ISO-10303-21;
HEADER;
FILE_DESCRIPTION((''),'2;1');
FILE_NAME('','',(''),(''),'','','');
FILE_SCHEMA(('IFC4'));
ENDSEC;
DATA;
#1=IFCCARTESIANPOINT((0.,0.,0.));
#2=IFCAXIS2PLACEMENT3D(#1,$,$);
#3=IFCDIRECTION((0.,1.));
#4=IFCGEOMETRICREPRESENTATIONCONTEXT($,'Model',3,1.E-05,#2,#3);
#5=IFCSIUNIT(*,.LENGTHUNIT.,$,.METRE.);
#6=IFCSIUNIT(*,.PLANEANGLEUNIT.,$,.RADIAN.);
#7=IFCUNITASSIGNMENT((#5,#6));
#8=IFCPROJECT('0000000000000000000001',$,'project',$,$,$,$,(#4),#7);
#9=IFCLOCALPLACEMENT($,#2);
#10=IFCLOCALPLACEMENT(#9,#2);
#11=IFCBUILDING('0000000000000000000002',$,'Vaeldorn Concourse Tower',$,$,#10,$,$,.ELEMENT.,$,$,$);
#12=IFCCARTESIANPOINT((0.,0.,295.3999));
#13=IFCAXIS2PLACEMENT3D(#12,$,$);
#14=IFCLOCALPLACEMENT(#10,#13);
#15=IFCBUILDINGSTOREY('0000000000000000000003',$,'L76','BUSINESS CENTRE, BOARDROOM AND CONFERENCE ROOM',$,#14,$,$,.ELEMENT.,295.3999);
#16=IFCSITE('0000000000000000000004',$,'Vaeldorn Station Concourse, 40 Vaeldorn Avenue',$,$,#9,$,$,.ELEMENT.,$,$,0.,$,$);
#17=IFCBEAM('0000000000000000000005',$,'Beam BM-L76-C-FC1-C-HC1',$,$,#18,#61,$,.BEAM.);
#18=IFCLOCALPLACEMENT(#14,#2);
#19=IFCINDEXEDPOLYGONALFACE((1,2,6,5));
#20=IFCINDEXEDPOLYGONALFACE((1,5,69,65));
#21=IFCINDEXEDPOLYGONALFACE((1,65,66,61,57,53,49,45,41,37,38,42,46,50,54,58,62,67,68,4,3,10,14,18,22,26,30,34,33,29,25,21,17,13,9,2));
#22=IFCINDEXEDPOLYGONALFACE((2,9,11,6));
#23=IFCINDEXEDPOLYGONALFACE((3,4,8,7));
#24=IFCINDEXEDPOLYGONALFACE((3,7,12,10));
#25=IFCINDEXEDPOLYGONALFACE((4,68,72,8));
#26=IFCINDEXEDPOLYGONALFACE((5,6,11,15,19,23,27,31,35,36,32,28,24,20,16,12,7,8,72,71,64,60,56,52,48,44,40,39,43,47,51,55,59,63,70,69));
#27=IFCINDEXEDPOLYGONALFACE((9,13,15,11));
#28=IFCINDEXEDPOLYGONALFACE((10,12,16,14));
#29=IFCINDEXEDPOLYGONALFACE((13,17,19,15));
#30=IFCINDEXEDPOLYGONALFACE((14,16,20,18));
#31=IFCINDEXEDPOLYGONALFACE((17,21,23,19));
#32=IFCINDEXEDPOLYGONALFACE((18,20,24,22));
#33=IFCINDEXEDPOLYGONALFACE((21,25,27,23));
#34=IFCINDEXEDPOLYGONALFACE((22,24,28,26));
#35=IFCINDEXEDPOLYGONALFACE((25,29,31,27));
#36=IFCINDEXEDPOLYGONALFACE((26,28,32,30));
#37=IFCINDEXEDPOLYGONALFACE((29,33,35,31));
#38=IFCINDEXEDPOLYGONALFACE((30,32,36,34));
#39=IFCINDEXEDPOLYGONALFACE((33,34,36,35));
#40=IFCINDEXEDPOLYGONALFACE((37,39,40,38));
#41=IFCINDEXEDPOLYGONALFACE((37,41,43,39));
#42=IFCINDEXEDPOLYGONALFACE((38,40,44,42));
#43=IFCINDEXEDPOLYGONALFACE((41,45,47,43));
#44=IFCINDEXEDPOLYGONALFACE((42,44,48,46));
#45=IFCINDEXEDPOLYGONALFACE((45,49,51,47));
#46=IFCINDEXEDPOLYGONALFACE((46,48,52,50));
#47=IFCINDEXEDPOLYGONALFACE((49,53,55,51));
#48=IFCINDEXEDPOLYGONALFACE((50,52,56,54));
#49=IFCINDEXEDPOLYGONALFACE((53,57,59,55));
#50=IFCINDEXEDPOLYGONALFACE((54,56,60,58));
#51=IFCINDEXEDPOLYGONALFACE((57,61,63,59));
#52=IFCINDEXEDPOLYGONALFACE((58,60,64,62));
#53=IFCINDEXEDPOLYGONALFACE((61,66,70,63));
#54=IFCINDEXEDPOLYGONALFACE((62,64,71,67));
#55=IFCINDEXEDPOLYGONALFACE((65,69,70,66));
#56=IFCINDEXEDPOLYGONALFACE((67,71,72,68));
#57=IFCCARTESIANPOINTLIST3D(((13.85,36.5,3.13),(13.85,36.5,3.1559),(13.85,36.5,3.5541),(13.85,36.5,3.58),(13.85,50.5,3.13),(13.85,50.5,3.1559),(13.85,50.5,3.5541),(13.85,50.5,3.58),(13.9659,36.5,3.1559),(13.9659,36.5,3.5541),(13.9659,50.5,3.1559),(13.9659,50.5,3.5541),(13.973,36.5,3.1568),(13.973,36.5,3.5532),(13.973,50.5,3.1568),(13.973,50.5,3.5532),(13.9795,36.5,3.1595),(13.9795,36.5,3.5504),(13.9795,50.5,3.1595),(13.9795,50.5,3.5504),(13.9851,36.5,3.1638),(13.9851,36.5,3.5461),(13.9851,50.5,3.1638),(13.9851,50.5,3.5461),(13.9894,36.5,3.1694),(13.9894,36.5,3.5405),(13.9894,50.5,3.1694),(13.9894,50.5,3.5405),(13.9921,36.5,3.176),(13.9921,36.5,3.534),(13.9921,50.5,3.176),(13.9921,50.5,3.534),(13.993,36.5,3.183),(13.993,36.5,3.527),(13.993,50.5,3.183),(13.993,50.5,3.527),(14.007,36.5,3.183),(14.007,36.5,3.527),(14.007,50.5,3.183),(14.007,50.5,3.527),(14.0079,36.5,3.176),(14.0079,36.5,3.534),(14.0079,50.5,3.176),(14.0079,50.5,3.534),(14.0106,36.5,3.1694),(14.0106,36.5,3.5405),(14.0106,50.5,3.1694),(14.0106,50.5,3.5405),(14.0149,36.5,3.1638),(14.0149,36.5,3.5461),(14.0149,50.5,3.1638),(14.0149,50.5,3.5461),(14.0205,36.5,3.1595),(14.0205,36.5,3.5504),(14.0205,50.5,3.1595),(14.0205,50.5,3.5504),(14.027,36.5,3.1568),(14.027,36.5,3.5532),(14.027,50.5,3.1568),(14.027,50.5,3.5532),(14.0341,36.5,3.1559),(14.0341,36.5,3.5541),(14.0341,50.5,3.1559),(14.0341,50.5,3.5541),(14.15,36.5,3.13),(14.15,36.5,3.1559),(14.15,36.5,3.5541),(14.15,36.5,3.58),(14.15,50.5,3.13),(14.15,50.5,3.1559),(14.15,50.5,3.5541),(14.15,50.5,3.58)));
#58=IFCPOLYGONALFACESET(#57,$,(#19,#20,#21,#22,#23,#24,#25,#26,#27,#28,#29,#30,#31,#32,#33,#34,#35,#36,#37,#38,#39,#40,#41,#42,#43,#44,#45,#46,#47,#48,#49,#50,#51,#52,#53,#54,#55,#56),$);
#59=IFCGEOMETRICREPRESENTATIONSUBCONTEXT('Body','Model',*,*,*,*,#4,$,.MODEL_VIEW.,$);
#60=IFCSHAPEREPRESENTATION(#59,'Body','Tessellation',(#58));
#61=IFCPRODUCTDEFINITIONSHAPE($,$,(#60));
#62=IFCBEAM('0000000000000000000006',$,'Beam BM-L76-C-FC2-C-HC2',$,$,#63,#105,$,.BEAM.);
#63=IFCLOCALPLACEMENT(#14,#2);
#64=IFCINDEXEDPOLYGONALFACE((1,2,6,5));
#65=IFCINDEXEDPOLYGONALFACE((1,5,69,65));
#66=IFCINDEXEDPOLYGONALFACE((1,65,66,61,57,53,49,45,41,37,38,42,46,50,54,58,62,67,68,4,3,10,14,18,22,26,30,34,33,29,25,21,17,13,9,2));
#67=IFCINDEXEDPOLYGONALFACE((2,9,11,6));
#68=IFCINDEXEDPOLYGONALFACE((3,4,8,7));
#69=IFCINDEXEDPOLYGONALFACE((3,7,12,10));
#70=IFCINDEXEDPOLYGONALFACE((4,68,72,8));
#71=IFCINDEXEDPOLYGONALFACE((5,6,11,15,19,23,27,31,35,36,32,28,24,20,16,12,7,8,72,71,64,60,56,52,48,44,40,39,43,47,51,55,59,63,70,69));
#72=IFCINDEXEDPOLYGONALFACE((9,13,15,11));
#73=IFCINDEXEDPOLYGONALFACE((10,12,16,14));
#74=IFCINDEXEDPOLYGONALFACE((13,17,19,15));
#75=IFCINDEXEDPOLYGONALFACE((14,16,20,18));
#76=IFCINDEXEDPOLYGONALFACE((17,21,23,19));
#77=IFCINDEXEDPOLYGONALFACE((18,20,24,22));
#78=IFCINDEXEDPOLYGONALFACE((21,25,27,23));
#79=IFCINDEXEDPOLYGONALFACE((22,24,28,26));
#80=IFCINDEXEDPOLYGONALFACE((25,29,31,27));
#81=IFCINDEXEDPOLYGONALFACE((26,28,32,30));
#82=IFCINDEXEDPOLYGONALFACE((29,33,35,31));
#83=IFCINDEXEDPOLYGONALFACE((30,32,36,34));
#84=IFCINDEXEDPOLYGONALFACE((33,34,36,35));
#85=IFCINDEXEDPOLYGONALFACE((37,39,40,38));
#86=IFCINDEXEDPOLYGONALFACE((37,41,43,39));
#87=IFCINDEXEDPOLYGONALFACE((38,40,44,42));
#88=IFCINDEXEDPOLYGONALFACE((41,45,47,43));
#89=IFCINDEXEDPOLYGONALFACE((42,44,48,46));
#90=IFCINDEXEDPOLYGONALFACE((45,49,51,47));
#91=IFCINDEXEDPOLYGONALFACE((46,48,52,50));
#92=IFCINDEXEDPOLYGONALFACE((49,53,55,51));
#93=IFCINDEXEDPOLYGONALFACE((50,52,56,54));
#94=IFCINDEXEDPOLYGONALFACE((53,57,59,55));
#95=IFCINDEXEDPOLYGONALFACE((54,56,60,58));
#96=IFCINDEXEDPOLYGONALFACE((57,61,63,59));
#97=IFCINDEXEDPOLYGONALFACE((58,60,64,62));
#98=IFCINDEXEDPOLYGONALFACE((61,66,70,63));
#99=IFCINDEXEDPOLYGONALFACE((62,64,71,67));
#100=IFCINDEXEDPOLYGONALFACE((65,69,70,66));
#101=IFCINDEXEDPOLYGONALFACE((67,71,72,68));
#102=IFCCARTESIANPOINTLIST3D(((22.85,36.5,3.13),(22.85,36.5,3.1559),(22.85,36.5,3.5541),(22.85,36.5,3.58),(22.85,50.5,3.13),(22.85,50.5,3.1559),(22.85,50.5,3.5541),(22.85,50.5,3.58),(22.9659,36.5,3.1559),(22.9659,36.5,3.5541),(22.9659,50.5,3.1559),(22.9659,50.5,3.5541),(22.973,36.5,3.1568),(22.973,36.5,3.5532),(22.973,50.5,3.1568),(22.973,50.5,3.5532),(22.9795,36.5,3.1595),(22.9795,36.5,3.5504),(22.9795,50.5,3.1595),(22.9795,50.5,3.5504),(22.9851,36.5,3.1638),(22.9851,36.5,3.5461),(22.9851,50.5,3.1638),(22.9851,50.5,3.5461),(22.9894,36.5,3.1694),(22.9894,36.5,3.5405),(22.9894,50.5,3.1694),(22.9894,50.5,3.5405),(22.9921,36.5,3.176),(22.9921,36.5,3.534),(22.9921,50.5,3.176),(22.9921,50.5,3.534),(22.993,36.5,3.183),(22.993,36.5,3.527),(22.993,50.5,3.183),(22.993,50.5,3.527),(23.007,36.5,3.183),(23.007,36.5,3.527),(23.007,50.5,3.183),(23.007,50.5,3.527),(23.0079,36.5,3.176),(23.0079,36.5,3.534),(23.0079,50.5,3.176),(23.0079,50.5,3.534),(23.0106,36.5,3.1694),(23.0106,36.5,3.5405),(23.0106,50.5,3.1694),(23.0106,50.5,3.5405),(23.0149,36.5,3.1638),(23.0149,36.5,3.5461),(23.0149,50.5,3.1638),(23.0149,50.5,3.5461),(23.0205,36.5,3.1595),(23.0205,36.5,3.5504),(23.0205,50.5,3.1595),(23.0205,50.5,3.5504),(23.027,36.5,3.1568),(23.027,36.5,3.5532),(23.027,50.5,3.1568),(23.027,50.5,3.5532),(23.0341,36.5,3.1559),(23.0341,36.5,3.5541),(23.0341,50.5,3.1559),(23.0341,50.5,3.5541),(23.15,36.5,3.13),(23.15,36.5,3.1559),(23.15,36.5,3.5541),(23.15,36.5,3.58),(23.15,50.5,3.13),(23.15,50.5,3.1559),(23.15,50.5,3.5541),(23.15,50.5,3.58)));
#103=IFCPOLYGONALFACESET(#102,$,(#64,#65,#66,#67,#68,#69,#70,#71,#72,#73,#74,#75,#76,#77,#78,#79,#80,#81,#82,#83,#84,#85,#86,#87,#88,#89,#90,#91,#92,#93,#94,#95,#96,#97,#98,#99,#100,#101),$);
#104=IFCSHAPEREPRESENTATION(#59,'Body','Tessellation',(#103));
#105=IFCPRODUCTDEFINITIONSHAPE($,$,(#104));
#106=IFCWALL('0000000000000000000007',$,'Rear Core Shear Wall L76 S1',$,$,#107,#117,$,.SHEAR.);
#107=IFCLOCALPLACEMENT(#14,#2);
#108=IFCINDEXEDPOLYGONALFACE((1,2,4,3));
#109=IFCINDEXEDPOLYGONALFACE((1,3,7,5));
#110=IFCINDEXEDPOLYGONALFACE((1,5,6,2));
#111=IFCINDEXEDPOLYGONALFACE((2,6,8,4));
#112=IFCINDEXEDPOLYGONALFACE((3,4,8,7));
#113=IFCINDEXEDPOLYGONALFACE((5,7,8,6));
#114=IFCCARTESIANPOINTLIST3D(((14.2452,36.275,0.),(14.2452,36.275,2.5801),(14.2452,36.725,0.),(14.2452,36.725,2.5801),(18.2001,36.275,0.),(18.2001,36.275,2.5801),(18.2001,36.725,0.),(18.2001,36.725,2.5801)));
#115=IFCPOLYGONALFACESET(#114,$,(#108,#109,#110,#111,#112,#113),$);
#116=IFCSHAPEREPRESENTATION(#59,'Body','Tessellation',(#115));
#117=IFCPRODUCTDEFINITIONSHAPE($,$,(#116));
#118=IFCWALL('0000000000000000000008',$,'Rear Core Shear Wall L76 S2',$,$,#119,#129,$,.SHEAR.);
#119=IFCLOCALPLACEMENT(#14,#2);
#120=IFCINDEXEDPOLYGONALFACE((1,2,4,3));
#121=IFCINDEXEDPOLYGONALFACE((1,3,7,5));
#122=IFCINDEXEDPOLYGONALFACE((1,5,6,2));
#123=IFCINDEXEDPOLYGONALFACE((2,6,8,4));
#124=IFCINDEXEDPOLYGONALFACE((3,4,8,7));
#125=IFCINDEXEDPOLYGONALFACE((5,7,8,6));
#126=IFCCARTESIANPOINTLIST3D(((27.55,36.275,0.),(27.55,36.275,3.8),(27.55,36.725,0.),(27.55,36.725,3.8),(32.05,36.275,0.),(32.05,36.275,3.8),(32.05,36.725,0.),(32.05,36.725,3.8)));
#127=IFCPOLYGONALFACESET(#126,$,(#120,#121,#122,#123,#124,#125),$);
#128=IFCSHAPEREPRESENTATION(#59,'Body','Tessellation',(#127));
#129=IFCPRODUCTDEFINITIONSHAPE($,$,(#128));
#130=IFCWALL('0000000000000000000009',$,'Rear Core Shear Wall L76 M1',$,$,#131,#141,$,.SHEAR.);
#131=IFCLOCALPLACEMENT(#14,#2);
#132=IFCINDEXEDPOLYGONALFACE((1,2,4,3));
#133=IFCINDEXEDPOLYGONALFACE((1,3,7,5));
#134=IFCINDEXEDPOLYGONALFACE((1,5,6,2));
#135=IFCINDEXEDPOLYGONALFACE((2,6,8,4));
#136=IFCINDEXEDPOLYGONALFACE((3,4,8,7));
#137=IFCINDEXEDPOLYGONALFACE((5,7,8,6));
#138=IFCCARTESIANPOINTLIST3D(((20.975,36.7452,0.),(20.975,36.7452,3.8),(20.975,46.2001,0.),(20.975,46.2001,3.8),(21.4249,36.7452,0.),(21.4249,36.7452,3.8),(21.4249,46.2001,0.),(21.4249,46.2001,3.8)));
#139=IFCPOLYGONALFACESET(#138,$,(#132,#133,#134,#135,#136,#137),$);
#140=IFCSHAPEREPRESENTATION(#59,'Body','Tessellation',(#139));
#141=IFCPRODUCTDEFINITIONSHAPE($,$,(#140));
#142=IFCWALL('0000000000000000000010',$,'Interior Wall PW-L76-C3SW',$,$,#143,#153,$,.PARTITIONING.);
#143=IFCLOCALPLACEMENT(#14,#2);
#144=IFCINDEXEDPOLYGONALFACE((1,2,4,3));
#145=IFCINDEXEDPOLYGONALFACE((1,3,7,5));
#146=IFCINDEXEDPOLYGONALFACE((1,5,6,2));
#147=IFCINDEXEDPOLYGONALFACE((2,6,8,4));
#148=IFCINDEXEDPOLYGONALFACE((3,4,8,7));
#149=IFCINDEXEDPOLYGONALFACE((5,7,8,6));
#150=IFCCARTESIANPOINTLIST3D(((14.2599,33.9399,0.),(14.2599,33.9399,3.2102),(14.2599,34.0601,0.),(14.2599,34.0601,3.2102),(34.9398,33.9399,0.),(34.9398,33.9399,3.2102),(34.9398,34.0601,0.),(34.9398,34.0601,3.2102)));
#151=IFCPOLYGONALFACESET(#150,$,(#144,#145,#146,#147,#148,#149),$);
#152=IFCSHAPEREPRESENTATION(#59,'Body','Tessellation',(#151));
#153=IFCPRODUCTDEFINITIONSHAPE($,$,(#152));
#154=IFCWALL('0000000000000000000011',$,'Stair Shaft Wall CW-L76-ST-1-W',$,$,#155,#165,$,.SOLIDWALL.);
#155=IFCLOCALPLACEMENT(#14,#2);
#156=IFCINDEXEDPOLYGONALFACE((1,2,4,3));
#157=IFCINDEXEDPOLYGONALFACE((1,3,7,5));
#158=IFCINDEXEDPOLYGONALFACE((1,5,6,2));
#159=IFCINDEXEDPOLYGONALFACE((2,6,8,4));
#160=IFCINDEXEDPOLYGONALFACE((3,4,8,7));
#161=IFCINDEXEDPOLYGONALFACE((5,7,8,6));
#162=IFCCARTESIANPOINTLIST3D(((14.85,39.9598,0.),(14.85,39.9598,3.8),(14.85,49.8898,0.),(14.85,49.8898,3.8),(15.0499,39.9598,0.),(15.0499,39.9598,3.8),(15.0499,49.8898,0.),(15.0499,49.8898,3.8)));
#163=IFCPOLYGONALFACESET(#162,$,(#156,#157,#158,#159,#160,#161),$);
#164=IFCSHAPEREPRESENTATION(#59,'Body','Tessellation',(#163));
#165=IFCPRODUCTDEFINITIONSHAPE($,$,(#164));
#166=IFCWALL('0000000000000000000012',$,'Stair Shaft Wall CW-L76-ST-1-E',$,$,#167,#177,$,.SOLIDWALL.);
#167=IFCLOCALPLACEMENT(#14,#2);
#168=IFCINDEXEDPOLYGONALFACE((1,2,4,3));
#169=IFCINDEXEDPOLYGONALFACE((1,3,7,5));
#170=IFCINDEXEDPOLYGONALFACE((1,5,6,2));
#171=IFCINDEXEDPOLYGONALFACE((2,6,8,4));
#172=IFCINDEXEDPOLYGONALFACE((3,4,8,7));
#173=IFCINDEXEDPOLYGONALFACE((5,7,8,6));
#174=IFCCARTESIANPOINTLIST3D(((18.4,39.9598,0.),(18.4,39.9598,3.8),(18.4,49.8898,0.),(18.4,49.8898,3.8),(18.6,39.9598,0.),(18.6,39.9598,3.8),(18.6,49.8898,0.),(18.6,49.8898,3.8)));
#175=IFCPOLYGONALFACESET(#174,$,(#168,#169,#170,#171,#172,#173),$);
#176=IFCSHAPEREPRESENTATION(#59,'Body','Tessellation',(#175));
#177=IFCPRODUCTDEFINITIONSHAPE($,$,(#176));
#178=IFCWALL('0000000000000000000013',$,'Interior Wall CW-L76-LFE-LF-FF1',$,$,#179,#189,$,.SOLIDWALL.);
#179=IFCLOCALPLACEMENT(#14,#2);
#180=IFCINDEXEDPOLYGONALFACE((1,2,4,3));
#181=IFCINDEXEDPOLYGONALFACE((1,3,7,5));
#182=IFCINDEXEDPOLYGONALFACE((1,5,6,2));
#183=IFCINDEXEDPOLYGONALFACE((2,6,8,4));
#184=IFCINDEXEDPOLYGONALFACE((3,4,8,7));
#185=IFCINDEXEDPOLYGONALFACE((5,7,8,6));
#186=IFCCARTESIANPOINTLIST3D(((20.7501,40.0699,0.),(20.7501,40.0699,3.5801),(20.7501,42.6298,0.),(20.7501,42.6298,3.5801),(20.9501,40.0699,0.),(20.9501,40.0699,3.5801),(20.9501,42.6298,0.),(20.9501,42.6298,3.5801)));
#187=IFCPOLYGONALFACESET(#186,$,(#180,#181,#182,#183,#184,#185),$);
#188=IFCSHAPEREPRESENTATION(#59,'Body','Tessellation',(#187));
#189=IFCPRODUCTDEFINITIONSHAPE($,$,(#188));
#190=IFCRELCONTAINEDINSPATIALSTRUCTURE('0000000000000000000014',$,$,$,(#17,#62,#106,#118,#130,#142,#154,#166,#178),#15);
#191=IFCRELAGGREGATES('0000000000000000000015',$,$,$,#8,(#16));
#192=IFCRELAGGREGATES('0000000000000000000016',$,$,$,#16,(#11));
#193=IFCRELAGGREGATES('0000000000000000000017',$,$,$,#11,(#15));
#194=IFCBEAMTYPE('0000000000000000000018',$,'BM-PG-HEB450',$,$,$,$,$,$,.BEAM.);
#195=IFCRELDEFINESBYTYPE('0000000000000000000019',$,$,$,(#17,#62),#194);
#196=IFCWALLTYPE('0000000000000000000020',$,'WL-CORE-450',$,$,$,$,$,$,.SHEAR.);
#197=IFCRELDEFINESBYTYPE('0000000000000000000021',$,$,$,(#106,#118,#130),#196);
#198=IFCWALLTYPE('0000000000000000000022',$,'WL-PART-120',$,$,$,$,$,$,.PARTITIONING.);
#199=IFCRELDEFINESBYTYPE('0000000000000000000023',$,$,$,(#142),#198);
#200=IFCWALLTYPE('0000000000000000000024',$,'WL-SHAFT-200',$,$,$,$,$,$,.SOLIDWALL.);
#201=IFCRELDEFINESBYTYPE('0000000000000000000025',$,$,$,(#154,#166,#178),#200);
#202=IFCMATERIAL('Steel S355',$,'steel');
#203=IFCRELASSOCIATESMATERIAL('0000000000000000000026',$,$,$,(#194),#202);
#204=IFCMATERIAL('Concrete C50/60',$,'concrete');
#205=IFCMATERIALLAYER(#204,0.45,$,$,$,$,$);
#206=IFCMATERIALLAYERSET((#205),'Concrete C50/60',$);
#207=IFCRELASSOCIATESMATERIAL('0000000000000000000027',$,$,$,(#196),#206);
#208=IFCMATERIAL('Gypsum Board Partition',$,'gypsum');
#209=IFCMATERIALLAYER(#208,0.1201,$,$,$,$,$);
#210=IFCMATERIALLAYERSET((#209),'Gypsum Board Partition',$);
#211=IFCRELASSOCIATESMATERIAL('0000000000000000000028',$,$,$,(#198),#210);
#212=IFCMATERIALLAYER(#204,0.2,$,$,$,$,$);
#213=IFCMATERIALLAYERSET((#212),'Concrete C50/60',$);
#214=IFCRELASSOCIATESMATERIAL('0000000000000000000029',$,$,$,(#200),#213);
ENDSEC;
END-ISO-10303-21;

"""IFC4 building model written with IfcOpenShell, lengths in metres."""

from ifc_helpers import new_model, si_unit, direction, frame, frame_2d, origin, origin_2d, place, context, subcontext, project, spatial, rectangle, i_section, extrude, source, transform, mapped, material, layer, layer_set, material_profile, profile_set, type_object, element, save


model = new_model("IFC4")

# Units and contexts
model_context = context("Model", 3, precision=1e-05, world=origin(), true_north=direction((0.0, 1.0)))
body_context = subcontext(model_context, "Body", "Model", "MODEL_VIEW")
ifc_project = project(units=[si_unit("LENGTHUNIT", "METRE"), si_unit("PLANEANGLEUNIT", "RADIAN")], contexts=[model_context])

# Site, building, storey
site_placement = place(None, origin())
site = spatial("IfcSite", under=ifc_project, at=site_placement, Name="Vaeldorn Station Concourse, 40 Vaeldorn Avenue", CompositionType="ELEMENT", RefElevation=0.0)
building_placement = place(site_placement, origin())
building = spatial("IfcBuilding", under=site, at=building_placement, Name="Vaeldorn Concourse Tower", CompositionType="ELEMENT")
storey_placement = place(building_placement, frame((0.0, 0.0, 295.3999)))
storey = spatial("IfcBuildingStorey", under=building, at=storey_placement, Name="L76", Description="BUSINESS CENTRE, BOARDROOM AND CONFERENCE ROOM", CompositionType="ELEMENT", Elevation=295.3999)

# Shared definitions
ifc_material_1 = material(Name="Steel S355", Category="steel")

# Beams
ifc_material_2 = material(Name="Concrete C50/60", Category="concrete")
ifc_material_profile_1 = material_profile(ifc_material_1, i_section(OverallWidth=0.3, OverallDepth=0.45, WebThickness=0.0139, FlangeThickness=0.0259, FilletRadius=0.0271, at=origin_2d()), Name="HEB 450")
ifc_profile_set_1 = profile_set([ifc_material_profile_1], Name="Steel S355")
beam_type_1 = type_object("IfcBeamType", Name="BM-PG-HEB450", PredefinedType="BEAM", material=ifc_profile_set_1)
shared_shape_1 = source(origin(), body_context, "Body", "SweptSolid", [
    extrude(i_section(OverallWidth=0.3, OverallDepth=0.45, WebThickness=0.0139, FlangeThickness=0.0259, FilletRadius=0.0271, at=origin_2d()), origin(), (0.0, 0.0, 1.0), 14.0),
])
for number, where, z_axis, x_axis, name in (
    (1, (14.0, 36.5, 3.355), (0.0, 1.0, 0.0), (-1.0, 0.0, 0.0), "Beam BM-L76-C-FC1-C-HC1"),
    (2, (23.0, 36.5, 3.355), (0.0, 1.0, 0.0), (-1.0, 0.0, 0.0), "Beam BM-L76-C-FC2-C-HC2"),
):
    element("IfcBeam", number, at=place(storey_placement, frame(where, z_axis=z_axis, x_axis=x_axis)), inside=storey, type_object=beam_type_1, Name=name, PredefinedType="BEAM", context=body_context, shape_type="MappedRepresentation", body=[
        mapped(shared_shape_1, transform((0.0, 0.0, 0.0), scale=1.0)),
    ])

# Walls
ifc_layer_1 = layer(ifc_material_2, 0.45)
ifc_layer_set_1 = layer_set([ifc_layer_1], Name="Concrete C50/60")
wall_type_1 = type_object("IfcWallType", Name="WL-CORE-450", PredefinedType="SHEAR", material=ifc_layer_set_1)
wall_1_placement = place(storey_placement, frame((14.2451, 36.5, 0.0), z_axis=(0.0, 0.0, 1.0), x_axis=(1.0, 0.0, 0.0)))
element("IfcWall", 3, at=wall_1_placement, inside=storey, type_object=wall_type_1, Name="Rear Core Shear Wall L76 S1", PredefinedType="SHEAR", context=body_context, shape_type="SweptSolid", body=[
    extrude(rectangle(XDim=3.9548, YDim=0.45, at=frame_2d((1.9775, 0.0))), origin(), (0.0, 0.0, 1.0), 2.5801),
])
wall_2_placement = place(storey_placement, frame((27.55, 36.5, 0.0), z_axis=(0.0, 0.0, 1.0), x_axis=(1.0, 0.0, 0.0)))
element("IfcWall", 4, at=wall_2_placement, inside=storey, type_object=wall_type_1, Name="Rear Core Shear Wall L76 S2", PredefinedType="SHEAR", context=body_context, shape_type="SweptSolid", body=[
    extrude(rectangle(XDim=4.5, YDim=0.45, at=frame_2d((2.25, 0.0))), origin(), (0.0, 0.0, 1.0), 3.8),
])
wall_3_placement = place(storey_placement, frame((21.2, 36.7451, 0.0), z_axis=(0.0, 0.0, 1.0), x_axis=(0.0, 1.0, 0.0)))
element("IfcWall", 5, at=wall_3_placement, inside=storey, type_object=wall_type_1, Name="Rear Core Shear Wall L76 M1", PredefinedType="SHEAR", context=body_context, shape_type="SweptSolid", body=[
    extrude(rectangle(XDim=9.4548, YDim=0.45, at=frame_2d((4.7275, 0.0))), origin(), (0.0, 0.0, 1.0), 3.8),
])
ifc_material_3 = material(Name="Gypsum Board Partition", Category="gypsum")
ifc_layer_2 = layer(ifc_material_3, 0.1201)
ifc_layer_set_2 = layer_set([ifc_layer_2], Name="Gypsum Board Partition")
wall_type_2 = type_object("IfcWallType", Name="WL-PART-120", PredefinedType="PARTITIONING", material=ifc_layer_set_2)
wall_4_placement = place(storey_placement, frame((14.26, 34.0, 0.0), z_axis=(0.0, 0.0, 1.0), x_axis=(1.0, 0.0, 0.0)))
element("IfcWall", 6, at=wall_4_placement, inside=storey, type_object=wall_type_2, Name="Interior Wall PW-L76-C3SW", PredefinedType="PARTITIONING", context=body_context, shape_type="SweptSolid", body=[
    extrude(rectangle(XDim=20.6799, YDim=0.1201, at=frame_2d((10.3398, 0.0))), origin(), (0.0, 0.0, 1.0), 3.2102),
])

# Shared definitions
ifc_layer_3 = layer(ifc_material_2, 0.2)
ifc_layer_set_3 = layer_set([ifc_layer_3], Name="Concrete C50/60")
wall_type_3 = type_object("IfcWallType", Name="WL-SHAFT-200", PredefinedType="SOLIDWALL", material=ifc_layer_set_3)

# Walls
for number, where, z_axis, x_axis, name in (
    (7, (14.95, 39.96, 0.0), (0.0, 0.0, 1.0), (0.0, 1.0, 0.0), "Stair Shaft Wall CW-L76-ST-1-W"),
    (8, (18.5, 39.96, 0.0), (0.0, 0.0, 1.0), (0.0, 1.0, 0.0), "Stair Shaft Wall CW-L76-ST-1-E"),
):
    element("IfcWall", number, at=place(storey_placement, frame(where, z_axis=z_axis, x_axis=x_axis)), inside=storey, type_object=wall_type_3, Name=name, PredefinedType="SOLIDWALL", context=body_context, shape_type="SweptSolid", body=[
        extrude(rectangle(XDim=9.9299, YDim=0.2, at=frame_2d((4.9648, 0.0))), origin(), (0.0, 0.0, 1.0), 3.8),
    ])

# Wall
wall_5_placement = place(storey_placement, frame((20.8501, 40.0701, 0.0), z_axis=(0.0, 0.0, 1.0), x_axis=(0.0, 1.0, 0.0)))
element("IfcWall", 9, at=wall_5_placement, inside=storey, type_object=wall_type_3, Name="Interior Wall CW-L76-LFE-LF-FF1", PredefinedType="SOLIDWALL", context=body_context, shape_type="SweptSolid", body=[
    extrude(rectangle(XDim=2.5598, YDim=0.2, at=frame_2d((1.2798, 0.0))), origin(), (0.0, 0.0, 1.0), 3.5801),
])

save(model, "model.ifc")
